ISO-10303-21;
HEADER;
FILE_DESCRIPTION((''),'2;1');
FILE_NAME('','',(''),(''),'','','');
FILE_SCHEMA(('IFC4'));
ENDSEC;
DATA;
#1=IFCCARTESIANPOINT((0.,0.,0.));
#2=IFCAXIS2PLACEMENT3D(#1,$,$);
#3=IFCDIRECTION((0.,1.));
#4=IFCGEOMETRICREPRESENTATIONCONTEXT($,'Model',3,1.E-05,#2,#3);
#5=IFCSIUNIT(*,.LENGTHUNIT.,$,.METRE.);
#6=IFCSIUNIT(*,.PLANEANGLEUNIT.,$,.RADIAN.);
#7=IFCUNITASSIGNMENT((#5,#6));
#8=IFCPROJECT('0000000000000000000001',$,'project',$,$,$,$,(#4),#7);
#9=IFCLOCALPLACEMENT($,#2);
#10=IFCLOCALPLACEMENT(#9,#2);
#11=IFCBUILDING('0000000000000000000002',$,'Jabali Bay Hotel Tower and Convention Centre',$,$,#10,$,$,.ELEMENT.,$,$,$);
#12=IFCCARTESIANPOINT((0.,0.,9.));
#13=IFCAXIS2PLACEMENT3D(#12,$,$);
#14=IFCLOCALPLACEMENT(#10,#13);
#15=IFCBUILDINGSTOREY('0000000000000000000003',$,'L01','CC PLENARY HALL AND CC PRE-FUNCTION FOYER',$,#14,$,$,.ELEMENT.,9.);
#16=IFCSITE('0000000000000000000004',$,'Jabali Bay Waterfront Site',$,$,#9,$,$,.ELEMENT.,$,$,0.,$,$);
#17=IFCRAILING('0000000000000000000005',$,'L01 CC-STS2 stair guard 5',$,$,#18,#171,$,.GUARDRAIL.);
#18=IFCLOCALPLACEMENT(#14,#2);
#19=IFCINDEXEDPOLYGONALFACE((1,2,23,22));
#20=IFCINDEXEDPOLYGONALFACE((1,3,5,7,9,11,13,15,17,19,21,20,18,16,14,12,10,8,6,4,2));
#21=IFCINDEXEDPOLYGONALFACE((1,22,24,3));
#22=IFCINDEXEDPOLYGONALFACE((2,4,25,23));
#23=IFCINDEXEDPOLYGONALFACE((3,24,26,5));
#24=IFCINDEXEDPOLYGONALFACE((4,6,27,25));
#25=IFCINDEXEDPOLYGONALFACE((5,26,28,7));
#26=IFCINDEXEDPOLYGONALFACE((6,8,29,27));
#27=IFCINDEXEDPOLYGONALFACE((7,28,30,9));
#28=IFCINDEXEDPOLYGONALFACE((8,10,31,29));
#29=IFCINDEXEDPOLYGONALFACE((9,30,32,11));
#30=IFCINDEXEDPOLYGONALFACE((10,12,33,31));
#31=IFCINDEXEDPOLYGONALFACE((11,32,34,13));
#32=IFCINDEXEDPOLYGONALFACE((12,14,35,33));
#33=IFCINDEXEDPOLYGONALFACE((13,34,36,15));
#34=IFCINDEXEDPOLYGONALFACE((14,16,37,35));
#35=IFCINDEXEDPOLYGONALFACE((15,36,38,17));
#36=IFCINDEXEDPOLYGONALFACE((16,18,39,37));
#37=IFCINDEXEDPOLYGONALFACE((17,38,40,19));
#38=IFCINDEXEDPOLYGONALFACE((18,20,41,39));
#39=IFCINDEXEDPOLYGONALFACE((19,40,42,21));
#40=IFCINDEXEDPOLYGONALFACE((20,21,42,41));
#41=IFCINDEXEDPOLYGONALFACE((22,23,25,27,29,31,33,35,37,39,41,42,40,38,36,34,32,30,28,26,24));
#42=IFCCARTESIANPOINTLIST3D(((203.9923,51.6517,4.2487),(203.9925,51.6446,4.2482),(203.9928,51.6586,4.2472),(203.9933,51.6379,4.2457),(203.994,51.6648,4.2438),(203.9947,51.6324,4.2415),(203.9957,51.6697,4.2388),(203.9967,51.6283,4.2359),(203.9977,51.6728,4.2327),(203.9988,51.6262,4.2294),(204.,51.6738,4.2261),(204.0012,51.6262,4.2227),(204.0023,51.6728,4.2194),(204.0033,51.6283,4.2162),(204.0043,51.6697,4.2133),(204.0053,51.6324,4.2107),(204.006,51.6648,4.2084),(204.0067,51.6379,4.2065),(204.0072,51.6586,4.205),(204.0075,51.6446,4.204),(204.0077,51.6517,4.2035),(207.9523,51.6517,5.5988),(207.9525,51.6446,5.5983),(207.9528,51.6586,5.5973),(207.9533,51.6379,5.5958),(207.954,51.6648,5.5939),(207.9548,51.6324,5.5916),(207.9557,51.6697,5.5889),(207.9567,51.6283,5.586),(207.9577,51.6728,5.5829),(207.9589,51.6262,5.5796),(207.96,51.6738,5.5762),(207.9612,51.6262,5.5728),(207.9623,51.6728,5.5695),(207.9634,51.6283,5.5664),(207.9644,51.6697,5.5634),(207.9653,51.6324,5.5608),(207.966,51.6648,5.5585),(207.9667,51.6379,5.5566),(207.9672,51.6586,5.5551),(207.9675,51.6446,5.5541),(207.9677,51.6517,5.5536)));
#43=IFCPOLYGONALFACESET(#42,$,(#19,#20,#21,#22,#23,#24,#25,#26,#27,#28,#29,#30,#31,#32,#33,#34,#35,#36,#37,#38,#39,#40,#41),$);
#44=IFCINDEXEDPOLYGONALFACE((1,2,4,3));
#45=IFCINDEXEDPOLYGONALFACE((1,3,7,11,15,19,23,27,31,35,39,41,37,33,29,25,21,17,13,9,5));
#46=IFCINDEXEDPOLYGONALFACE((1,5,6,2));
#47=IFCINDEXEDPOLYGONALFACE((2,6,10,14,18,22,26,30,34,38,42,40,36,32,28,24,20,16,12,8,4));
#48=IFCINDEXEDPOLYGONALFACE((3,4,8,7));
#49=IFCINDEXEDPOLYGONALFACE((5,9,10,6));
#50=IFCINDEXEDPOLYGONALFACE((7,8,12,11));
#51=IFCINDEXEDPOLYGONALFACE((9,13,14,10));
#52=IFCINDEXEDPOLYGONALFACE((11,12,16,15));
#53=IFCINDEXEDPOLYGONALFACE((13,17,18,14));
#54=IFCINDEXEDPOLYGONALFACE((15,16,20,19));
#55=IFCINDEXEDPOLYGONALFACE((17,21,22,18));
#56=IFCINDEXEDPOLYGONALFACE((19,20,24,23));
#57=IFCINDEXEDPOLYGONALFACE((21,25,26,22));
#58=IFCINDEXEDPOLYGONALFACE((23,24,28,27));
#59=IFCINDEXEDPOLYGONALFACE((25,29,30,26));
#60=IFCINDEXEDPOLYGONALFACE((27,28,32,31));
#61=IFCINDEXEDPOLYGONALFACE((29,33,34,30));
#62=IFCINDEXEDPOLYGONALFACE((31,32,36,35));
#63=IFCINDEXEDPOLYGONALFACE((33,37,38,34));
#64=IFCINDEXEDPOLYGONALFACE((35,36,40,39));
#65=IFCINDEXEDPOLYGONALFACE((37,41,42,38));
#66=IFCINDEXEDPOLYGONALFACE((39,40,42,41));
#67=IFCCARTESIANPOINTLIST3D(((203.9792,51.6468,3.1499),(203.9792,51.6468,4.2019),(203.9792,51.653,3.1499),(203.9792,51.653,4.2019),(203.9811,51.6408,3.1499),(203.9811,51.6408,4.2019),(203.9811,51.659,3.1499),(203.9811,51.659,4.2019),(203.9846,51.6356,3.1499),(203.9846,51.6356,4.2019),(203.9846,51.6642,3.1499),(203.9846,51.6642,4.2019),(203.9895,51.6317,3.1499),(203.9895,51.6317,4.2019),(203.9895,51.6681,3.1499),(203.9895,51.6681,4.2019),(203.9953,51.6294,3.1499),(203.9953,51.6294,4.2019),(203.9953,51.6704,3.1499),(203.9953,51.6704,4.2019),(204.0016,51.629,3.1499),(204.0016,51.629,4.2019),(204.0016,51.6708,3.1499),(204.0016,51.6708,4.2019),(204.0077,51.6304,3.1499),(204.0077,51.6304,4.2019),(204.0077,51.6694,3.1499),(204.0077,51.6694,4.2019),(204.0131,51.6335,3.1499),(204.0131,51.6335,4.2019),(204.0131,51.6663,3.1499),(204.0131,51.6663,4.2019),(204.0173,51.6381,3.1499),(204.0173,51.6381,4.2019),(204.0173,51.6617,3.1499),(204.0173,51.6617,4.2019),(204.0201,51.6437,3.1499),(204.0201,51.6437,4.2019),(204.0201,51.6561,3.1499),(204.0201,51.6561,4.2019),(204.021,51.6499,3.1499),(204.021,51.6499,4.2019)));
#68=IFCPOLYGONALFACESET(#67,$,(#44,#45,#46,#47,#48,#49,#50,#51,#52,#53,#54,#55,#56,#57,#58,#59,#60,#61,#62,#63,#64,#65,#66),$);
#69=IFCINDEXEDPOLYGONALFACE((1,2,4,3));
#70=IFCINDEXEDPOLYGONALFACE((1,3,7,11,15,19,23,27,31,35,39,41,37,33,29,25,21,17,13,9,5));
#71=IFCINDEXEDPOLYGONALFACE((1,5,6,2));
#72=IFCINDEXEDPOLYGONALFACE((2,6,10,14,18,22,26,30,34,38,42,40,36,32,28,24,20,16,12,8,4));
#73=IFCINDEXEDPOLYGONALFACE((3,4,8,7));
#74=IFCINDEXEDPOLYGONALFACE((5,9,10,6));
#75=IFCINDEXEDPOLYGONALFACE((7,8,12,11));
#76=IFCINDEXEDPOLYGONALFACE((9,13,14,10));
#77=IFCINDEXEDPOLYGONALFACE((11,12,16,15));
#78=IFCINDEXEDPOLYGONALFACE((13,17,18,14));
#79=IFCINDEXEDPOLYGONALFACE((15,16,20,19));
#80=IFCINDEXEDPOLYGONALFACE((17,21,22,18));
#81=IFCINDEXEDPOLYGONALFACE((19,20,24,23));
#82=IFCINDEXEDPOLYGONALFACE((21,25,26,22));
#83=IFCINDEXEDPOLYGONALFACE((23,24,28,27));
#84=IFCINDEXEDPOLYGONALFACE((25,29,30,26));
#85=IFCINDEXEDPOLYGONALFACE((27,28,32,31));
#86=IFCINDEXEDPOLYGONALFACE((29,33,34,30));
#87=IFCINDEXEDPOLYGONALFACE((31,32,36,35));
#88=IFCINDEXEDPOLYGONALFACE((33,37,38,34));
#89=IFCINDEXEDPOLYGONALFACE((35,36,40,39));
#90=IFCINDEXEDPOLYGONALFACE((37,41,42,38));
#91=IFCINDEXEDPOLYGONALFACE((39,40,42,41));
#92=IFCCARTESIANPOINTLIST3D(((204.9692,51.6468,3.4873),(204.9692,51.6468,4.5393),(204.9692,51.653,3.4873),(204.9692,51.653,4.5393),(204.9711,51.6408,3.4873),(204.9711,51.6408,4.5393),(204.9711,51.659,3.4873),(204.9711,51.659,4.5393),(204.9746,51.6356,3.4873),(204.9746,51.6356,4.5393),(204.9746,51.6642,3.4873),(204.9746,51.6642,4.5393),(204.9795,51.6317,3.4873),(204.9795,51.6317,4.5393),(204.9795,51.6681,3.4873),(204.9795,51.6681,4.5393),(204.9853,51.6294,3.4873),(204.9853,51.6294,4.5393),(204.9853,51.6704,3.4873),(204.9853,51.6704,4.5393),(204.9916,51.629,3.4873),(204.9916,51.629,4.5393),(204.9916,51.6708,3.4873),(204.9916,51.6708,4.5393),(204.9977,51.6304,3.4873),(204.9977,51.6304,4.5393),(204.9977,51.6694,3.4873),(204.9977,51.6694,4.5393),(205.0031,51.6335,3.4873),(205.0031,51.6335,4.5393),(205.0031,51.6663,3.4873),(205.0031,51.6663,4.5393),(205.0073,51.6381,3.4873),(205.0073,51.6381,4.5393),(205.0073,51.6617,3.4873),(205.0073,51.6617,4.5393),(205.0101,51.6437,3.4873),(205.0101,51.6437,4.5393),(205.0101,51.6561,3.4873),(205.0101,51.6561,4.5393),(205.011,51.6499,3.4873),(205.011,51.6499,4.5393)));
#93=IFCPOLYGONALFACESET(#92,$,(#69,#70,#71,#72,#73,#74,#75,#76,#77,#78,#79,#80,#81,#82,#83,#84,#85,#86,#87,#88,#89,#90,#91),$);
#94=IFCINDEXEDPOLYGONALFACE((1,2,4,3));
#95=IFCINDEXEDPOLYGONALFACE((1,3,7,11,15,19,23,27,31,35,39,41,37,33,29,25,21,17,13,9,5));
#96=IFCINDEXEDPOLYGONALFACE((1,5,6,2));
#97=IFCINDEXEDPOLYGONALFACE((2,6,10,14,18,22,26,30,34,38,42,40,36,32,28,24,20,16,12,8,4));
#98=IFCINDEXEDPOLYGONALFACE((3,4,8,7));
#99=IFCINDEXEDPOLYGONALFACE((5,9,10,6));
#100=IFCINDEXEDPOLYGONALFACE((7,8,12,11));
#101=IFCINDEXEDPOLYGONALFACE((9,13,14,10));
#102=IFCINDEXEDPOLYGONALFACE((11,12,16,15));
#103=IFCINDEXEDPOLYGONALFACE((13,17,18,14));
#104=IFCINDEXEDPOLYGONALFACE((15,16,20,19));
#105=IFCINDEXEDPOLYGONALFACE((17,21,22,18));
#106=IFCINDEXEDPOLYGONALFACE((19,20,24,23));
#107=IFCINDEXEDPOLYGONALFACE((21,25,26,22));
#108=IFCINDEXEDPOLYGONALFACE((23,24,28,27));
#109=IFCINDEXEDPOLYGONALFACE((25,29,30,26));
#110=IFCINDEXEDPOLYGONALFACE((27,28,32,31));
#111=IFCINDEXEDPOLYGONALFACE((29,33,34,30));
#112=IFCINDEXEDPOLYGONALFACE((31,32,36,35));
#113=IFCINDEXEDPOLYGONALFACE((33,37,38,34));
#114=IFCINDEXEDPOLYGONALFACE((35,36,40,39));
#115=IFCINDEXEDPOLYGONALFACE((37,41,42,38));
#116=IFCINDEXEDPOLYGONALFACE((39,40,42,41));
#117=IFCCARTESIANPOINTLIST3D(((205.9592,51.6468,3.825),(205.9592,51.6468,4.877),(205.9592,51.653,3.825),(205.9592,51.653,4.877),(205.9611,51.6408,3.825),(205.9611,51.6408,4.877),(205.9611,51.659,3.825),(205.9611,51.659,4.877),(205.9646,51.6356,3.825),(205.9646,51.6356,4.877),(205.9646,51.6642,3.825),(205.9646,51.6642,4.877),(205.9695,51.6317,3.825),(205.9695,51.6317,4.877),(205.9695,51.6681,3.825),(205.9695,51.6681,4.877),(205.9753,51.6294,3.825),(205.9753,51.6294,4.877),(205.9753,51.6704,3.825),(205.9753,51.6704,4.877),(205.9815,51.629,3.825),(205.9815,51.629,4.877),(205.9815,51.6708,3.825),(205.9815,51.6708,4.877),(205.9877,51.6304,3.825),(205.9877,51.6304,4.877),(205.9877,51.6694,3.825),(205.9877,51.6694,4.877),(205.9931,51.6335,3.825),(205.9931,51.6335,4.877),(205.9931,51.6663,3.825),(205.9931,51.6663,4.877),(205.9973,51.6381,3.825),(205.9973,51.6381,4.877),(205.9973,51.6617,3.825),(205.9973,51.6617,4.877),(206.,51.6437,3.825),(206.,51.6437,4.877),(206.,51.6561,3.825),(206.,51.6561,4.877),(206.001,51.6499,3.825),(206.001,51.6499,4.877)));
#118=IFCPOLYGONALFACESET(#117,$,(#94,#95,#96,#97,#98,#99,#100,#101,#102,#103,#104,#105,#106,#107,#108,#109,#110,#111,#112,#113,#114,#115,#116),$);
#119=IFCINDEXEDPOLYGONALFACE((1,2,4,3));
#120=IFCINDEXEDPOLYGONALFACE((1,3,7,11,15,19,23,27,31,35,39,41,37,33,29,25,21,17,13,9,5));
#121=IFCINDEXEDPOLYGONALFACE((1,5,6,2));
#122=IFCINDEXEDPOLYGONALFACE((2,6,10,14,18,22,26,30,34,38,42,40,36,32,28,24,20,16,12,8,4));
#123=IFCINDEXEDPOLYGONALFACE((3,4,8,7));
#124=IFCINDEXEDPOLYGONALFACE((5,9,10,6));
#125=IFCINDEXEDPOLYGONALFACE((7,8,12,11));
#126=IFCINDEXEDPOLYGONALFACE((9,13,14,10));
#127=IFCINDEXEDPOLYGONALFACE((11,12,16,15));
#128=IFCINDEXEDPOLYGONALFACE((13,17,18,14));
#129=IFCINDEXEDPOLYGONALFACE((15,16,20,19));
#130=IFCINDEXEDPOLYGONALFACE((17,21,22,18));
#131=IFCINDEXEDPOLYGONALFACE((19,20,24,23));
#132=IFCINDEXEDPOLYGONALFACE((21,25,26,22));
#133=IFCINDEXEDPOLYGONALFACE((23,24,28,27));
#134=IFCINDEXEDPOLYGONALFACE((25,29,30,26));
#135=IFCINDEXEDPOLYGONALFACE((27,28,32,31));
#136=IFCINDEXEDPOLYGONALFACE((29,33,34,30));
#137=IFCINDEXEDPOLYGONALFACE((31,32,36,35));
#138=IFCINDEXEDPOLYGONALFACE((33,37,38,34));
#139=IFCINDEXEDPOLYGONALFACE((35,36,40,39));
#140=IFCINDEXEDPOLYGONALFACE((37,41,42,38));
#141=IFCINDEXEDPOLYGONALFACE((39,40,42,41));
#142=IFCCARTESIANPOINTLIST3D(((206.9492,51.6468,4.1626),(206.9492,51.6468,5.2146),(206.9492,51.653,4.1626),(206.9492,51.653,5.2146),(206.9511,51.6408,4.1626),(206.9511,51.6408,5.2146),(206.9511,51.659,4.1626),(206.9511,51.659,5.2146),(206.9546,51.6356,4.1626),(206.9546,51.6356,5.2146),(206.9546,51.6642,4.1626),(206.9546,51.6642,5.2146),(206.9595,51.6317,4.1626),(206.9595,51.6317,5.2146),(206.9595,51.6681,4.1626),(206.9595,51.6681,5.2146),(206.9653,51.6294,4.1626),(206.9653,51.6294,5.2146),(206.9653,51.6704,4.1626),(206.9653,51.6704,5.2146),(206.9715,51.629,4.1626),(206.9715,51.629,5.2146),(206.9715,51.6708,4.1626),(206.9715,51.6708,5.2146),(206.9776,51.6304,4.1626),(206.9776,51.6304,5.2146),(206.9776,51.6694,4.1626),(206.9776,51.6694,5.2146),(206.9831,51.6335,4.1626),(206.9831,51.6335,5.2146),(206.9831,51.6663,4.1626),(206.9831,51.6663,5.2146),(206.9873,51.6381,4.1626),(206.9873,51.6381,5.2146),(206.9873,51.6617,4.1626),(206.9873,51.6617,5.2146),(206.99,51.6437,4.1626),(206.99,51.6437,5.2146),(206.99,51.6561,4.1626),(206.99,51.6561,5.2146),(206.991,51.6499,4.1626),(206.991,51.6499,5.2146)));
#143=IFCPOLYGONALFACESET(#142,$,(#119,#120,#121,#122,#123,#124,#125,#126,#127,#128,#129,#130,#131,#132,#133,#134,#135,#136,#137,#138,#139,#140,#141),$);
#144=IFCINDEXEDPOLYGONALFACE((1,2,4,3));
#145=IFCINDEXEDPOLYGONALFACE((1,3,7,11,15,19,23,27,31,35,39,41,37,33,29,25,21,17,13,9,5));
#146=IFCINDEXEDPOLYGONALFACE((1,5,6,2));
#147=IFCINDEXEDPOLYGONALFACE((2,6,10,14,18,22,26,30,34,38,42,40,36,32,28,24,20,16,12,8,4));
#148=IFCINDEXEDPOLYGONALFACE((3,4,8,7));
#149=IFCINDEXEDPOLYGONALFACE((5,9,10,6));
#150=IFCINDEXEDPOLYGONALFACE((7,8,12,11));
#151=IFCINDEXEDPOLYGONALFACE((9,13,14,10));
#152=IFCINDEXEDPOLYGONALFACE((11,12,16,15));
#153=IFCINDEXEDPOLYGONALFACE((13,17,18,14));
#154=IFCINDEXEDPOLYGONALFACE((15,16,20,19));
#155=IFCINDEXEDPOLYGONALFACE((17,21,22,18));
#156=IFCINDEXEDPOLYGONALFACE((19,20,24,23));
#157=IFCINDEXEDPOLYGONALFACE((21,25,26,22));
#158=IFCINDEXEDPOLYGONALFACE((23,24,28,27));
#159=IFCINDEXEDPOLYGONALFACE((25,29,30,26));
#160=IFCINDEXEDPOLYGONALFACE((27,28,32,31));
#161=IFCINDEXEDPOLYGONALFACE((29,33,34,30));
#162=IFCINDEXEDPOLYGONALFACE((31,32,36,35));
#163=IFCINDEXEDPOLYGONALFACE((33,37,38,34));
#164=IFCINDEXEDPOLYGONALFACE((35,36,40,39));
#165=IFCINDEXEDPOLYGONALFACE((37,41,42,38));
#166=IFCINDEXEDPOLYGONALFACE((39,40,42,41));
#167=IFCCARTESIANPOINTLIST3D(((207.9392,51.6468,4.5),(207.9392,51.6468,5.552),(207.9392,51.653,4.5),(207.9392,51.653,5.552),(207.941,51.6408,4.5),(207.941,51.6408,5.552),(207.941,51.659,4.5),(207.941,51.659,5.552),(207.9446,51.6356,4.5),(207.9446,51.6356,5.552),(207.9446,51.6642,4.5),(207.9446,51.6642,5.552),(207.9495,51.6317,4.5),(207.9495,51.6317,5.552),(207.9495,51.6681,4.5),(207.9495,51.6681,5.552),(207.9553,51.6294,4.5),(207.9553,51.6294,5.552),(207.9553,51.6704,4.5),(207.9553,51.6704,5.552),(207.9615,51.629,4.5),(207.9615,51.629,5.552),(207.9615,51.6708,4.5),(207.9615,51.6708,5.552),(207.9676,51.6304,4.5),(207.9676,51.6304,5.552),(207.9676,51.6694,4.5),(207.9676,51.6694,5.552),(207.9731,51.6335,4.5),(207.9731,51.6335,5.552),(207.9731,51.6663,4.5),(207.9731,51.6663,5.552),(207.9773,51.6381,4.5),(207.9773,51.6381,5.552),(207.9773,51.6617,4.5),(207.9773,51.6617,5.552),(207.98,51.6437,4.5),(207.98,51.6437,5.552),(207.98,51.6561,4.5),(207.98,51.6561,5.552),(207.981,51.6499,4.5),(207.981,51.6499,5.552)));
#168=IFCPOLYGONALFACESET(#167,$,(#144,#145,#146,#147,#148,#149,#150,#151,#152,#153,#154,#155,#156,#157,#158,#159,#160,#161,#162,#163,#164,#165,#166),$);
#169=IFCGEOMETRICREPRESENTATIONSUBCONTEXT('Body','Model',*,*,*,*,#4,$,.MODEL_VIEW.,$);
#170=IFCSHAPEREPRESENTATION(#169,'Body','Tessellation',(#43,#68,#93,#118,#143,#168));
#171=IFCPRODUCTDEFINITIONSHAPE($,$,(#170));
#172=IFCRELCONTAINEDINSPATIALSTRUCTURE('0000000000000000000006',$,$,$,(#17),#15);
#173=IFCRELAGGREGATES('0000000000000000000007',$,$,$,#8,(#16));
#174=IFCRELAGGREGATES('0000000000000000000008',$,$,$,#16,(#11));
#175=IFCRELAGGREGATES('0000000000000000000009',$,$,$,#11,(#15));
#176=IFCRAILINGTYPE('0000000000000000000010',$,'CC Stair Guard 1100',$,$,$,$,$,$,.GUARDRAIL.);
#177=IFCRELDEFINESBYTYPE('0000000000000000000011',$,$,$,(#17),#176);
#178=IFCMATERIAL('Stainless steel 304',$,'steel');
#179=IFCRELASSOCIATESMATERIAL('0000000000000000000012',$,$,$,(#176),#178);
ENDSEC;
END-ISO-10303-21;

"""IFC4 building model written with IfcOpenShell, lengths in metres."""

from ifc_helpers import new_model, si_unit, direction, frame, origin, origin_2d, place, context, subcontext, project, spatial, circle, extrude, material, type_object, element, save


model = new_model("IFC4")

# Units and contexts
model_context = context("Model", 3, precision=1e-05, world=origin(), true_north=direction((0.0, 1.0)))
body_context = subcontext(model_context, "Body", "Model", "MODEL_VIEW")
ifc_project = project(units=[si_unit("LENGTHUNIT", "METRE"), si_unit("PLANEANGLEUNIT", "RADIAN")], contexts=[model_context])

# Site, building, storey
site_placement = place(None, origin())
site = spatial("IfcSite", under=ifc_project, at=site_placement, Name="Jabali Bay Waterfront Site", CompositionType="ELEMENT", RefElevation=0.0)
building_placement = place(site_placement, origin())
building = spatial("IfcBuilding", under=site, at=building_placement, Name="Jabali Bay Hotel Tower and Convention Centre", CompositionType="ELEMENT")
storey_placement = place(building_placement, frame((0.0, 0.0, 9.0)))
storey = spatial("IfcBuildingStorey", under=building, at=storey_placement, Name="L01", Description="CC PLENARY HALL AND CC PRE-FUNCTION FOYER", CompositionType="ELEMENT", Elevation=9.0)

# Railing
ifc_material_1 = material(Name="Stainless steel 304", Category="steel")
railing_type_1 = type_object("IfcRailingType", Name="CC Stair Guard 1100", PredefinedType="GUARDRAIL", material=ifc_material_1)
railing_1_placement = place(storey_placement, frame((204.0, 51.6499, 3.1499)))
element("IfcRailing", 1, at=railing_1_placement, inside=storey, type_object=railing_type_1, Name="L01 CC-STS2 stair guard 5", PredefinedType="GUARDRAIL", context=body_context, shape_type="SweptSolid", body=[
    extrude(circle(Radius=0.0239, at=origin_2d()), frame((0.0, 0.0, 1.0762), z_axis=(0.946502, 0.0, 0.322698), x_axis=(0.0, 1.0, 0.0)), (0.0, 0.0, 1.0), 4.1838),
    extrude(circle(Radius=0.021, at=origin_2d()), origin(), (0.0, 0.0, 1.0), 1.052),
    extrude(circle(Radius=0.021, at=origin_2d()), frame((0.99, 0.0, 0.3374)), (0.0, 0.0, 1.0), 1.052),
    extrude(circle(Radius=0.021, at=origin_2d()), frame((1.98, 0.0, 0.675)), (0.0, 0.0, 1.0), 1.052),
    extrude(circle(Radius=0.021, at=origin_2d()), frame((2.97, 0.0, 1.0127)), (0.0, 0.0, 1.0), 1.052),
    extrude(circle(Radius=0.021, at=origin_2d()), frame((3.96, 0.0, 1.3501)), (0.0, 0.0, 1.0), 1.052),
])

save(model, "model.ifc")
